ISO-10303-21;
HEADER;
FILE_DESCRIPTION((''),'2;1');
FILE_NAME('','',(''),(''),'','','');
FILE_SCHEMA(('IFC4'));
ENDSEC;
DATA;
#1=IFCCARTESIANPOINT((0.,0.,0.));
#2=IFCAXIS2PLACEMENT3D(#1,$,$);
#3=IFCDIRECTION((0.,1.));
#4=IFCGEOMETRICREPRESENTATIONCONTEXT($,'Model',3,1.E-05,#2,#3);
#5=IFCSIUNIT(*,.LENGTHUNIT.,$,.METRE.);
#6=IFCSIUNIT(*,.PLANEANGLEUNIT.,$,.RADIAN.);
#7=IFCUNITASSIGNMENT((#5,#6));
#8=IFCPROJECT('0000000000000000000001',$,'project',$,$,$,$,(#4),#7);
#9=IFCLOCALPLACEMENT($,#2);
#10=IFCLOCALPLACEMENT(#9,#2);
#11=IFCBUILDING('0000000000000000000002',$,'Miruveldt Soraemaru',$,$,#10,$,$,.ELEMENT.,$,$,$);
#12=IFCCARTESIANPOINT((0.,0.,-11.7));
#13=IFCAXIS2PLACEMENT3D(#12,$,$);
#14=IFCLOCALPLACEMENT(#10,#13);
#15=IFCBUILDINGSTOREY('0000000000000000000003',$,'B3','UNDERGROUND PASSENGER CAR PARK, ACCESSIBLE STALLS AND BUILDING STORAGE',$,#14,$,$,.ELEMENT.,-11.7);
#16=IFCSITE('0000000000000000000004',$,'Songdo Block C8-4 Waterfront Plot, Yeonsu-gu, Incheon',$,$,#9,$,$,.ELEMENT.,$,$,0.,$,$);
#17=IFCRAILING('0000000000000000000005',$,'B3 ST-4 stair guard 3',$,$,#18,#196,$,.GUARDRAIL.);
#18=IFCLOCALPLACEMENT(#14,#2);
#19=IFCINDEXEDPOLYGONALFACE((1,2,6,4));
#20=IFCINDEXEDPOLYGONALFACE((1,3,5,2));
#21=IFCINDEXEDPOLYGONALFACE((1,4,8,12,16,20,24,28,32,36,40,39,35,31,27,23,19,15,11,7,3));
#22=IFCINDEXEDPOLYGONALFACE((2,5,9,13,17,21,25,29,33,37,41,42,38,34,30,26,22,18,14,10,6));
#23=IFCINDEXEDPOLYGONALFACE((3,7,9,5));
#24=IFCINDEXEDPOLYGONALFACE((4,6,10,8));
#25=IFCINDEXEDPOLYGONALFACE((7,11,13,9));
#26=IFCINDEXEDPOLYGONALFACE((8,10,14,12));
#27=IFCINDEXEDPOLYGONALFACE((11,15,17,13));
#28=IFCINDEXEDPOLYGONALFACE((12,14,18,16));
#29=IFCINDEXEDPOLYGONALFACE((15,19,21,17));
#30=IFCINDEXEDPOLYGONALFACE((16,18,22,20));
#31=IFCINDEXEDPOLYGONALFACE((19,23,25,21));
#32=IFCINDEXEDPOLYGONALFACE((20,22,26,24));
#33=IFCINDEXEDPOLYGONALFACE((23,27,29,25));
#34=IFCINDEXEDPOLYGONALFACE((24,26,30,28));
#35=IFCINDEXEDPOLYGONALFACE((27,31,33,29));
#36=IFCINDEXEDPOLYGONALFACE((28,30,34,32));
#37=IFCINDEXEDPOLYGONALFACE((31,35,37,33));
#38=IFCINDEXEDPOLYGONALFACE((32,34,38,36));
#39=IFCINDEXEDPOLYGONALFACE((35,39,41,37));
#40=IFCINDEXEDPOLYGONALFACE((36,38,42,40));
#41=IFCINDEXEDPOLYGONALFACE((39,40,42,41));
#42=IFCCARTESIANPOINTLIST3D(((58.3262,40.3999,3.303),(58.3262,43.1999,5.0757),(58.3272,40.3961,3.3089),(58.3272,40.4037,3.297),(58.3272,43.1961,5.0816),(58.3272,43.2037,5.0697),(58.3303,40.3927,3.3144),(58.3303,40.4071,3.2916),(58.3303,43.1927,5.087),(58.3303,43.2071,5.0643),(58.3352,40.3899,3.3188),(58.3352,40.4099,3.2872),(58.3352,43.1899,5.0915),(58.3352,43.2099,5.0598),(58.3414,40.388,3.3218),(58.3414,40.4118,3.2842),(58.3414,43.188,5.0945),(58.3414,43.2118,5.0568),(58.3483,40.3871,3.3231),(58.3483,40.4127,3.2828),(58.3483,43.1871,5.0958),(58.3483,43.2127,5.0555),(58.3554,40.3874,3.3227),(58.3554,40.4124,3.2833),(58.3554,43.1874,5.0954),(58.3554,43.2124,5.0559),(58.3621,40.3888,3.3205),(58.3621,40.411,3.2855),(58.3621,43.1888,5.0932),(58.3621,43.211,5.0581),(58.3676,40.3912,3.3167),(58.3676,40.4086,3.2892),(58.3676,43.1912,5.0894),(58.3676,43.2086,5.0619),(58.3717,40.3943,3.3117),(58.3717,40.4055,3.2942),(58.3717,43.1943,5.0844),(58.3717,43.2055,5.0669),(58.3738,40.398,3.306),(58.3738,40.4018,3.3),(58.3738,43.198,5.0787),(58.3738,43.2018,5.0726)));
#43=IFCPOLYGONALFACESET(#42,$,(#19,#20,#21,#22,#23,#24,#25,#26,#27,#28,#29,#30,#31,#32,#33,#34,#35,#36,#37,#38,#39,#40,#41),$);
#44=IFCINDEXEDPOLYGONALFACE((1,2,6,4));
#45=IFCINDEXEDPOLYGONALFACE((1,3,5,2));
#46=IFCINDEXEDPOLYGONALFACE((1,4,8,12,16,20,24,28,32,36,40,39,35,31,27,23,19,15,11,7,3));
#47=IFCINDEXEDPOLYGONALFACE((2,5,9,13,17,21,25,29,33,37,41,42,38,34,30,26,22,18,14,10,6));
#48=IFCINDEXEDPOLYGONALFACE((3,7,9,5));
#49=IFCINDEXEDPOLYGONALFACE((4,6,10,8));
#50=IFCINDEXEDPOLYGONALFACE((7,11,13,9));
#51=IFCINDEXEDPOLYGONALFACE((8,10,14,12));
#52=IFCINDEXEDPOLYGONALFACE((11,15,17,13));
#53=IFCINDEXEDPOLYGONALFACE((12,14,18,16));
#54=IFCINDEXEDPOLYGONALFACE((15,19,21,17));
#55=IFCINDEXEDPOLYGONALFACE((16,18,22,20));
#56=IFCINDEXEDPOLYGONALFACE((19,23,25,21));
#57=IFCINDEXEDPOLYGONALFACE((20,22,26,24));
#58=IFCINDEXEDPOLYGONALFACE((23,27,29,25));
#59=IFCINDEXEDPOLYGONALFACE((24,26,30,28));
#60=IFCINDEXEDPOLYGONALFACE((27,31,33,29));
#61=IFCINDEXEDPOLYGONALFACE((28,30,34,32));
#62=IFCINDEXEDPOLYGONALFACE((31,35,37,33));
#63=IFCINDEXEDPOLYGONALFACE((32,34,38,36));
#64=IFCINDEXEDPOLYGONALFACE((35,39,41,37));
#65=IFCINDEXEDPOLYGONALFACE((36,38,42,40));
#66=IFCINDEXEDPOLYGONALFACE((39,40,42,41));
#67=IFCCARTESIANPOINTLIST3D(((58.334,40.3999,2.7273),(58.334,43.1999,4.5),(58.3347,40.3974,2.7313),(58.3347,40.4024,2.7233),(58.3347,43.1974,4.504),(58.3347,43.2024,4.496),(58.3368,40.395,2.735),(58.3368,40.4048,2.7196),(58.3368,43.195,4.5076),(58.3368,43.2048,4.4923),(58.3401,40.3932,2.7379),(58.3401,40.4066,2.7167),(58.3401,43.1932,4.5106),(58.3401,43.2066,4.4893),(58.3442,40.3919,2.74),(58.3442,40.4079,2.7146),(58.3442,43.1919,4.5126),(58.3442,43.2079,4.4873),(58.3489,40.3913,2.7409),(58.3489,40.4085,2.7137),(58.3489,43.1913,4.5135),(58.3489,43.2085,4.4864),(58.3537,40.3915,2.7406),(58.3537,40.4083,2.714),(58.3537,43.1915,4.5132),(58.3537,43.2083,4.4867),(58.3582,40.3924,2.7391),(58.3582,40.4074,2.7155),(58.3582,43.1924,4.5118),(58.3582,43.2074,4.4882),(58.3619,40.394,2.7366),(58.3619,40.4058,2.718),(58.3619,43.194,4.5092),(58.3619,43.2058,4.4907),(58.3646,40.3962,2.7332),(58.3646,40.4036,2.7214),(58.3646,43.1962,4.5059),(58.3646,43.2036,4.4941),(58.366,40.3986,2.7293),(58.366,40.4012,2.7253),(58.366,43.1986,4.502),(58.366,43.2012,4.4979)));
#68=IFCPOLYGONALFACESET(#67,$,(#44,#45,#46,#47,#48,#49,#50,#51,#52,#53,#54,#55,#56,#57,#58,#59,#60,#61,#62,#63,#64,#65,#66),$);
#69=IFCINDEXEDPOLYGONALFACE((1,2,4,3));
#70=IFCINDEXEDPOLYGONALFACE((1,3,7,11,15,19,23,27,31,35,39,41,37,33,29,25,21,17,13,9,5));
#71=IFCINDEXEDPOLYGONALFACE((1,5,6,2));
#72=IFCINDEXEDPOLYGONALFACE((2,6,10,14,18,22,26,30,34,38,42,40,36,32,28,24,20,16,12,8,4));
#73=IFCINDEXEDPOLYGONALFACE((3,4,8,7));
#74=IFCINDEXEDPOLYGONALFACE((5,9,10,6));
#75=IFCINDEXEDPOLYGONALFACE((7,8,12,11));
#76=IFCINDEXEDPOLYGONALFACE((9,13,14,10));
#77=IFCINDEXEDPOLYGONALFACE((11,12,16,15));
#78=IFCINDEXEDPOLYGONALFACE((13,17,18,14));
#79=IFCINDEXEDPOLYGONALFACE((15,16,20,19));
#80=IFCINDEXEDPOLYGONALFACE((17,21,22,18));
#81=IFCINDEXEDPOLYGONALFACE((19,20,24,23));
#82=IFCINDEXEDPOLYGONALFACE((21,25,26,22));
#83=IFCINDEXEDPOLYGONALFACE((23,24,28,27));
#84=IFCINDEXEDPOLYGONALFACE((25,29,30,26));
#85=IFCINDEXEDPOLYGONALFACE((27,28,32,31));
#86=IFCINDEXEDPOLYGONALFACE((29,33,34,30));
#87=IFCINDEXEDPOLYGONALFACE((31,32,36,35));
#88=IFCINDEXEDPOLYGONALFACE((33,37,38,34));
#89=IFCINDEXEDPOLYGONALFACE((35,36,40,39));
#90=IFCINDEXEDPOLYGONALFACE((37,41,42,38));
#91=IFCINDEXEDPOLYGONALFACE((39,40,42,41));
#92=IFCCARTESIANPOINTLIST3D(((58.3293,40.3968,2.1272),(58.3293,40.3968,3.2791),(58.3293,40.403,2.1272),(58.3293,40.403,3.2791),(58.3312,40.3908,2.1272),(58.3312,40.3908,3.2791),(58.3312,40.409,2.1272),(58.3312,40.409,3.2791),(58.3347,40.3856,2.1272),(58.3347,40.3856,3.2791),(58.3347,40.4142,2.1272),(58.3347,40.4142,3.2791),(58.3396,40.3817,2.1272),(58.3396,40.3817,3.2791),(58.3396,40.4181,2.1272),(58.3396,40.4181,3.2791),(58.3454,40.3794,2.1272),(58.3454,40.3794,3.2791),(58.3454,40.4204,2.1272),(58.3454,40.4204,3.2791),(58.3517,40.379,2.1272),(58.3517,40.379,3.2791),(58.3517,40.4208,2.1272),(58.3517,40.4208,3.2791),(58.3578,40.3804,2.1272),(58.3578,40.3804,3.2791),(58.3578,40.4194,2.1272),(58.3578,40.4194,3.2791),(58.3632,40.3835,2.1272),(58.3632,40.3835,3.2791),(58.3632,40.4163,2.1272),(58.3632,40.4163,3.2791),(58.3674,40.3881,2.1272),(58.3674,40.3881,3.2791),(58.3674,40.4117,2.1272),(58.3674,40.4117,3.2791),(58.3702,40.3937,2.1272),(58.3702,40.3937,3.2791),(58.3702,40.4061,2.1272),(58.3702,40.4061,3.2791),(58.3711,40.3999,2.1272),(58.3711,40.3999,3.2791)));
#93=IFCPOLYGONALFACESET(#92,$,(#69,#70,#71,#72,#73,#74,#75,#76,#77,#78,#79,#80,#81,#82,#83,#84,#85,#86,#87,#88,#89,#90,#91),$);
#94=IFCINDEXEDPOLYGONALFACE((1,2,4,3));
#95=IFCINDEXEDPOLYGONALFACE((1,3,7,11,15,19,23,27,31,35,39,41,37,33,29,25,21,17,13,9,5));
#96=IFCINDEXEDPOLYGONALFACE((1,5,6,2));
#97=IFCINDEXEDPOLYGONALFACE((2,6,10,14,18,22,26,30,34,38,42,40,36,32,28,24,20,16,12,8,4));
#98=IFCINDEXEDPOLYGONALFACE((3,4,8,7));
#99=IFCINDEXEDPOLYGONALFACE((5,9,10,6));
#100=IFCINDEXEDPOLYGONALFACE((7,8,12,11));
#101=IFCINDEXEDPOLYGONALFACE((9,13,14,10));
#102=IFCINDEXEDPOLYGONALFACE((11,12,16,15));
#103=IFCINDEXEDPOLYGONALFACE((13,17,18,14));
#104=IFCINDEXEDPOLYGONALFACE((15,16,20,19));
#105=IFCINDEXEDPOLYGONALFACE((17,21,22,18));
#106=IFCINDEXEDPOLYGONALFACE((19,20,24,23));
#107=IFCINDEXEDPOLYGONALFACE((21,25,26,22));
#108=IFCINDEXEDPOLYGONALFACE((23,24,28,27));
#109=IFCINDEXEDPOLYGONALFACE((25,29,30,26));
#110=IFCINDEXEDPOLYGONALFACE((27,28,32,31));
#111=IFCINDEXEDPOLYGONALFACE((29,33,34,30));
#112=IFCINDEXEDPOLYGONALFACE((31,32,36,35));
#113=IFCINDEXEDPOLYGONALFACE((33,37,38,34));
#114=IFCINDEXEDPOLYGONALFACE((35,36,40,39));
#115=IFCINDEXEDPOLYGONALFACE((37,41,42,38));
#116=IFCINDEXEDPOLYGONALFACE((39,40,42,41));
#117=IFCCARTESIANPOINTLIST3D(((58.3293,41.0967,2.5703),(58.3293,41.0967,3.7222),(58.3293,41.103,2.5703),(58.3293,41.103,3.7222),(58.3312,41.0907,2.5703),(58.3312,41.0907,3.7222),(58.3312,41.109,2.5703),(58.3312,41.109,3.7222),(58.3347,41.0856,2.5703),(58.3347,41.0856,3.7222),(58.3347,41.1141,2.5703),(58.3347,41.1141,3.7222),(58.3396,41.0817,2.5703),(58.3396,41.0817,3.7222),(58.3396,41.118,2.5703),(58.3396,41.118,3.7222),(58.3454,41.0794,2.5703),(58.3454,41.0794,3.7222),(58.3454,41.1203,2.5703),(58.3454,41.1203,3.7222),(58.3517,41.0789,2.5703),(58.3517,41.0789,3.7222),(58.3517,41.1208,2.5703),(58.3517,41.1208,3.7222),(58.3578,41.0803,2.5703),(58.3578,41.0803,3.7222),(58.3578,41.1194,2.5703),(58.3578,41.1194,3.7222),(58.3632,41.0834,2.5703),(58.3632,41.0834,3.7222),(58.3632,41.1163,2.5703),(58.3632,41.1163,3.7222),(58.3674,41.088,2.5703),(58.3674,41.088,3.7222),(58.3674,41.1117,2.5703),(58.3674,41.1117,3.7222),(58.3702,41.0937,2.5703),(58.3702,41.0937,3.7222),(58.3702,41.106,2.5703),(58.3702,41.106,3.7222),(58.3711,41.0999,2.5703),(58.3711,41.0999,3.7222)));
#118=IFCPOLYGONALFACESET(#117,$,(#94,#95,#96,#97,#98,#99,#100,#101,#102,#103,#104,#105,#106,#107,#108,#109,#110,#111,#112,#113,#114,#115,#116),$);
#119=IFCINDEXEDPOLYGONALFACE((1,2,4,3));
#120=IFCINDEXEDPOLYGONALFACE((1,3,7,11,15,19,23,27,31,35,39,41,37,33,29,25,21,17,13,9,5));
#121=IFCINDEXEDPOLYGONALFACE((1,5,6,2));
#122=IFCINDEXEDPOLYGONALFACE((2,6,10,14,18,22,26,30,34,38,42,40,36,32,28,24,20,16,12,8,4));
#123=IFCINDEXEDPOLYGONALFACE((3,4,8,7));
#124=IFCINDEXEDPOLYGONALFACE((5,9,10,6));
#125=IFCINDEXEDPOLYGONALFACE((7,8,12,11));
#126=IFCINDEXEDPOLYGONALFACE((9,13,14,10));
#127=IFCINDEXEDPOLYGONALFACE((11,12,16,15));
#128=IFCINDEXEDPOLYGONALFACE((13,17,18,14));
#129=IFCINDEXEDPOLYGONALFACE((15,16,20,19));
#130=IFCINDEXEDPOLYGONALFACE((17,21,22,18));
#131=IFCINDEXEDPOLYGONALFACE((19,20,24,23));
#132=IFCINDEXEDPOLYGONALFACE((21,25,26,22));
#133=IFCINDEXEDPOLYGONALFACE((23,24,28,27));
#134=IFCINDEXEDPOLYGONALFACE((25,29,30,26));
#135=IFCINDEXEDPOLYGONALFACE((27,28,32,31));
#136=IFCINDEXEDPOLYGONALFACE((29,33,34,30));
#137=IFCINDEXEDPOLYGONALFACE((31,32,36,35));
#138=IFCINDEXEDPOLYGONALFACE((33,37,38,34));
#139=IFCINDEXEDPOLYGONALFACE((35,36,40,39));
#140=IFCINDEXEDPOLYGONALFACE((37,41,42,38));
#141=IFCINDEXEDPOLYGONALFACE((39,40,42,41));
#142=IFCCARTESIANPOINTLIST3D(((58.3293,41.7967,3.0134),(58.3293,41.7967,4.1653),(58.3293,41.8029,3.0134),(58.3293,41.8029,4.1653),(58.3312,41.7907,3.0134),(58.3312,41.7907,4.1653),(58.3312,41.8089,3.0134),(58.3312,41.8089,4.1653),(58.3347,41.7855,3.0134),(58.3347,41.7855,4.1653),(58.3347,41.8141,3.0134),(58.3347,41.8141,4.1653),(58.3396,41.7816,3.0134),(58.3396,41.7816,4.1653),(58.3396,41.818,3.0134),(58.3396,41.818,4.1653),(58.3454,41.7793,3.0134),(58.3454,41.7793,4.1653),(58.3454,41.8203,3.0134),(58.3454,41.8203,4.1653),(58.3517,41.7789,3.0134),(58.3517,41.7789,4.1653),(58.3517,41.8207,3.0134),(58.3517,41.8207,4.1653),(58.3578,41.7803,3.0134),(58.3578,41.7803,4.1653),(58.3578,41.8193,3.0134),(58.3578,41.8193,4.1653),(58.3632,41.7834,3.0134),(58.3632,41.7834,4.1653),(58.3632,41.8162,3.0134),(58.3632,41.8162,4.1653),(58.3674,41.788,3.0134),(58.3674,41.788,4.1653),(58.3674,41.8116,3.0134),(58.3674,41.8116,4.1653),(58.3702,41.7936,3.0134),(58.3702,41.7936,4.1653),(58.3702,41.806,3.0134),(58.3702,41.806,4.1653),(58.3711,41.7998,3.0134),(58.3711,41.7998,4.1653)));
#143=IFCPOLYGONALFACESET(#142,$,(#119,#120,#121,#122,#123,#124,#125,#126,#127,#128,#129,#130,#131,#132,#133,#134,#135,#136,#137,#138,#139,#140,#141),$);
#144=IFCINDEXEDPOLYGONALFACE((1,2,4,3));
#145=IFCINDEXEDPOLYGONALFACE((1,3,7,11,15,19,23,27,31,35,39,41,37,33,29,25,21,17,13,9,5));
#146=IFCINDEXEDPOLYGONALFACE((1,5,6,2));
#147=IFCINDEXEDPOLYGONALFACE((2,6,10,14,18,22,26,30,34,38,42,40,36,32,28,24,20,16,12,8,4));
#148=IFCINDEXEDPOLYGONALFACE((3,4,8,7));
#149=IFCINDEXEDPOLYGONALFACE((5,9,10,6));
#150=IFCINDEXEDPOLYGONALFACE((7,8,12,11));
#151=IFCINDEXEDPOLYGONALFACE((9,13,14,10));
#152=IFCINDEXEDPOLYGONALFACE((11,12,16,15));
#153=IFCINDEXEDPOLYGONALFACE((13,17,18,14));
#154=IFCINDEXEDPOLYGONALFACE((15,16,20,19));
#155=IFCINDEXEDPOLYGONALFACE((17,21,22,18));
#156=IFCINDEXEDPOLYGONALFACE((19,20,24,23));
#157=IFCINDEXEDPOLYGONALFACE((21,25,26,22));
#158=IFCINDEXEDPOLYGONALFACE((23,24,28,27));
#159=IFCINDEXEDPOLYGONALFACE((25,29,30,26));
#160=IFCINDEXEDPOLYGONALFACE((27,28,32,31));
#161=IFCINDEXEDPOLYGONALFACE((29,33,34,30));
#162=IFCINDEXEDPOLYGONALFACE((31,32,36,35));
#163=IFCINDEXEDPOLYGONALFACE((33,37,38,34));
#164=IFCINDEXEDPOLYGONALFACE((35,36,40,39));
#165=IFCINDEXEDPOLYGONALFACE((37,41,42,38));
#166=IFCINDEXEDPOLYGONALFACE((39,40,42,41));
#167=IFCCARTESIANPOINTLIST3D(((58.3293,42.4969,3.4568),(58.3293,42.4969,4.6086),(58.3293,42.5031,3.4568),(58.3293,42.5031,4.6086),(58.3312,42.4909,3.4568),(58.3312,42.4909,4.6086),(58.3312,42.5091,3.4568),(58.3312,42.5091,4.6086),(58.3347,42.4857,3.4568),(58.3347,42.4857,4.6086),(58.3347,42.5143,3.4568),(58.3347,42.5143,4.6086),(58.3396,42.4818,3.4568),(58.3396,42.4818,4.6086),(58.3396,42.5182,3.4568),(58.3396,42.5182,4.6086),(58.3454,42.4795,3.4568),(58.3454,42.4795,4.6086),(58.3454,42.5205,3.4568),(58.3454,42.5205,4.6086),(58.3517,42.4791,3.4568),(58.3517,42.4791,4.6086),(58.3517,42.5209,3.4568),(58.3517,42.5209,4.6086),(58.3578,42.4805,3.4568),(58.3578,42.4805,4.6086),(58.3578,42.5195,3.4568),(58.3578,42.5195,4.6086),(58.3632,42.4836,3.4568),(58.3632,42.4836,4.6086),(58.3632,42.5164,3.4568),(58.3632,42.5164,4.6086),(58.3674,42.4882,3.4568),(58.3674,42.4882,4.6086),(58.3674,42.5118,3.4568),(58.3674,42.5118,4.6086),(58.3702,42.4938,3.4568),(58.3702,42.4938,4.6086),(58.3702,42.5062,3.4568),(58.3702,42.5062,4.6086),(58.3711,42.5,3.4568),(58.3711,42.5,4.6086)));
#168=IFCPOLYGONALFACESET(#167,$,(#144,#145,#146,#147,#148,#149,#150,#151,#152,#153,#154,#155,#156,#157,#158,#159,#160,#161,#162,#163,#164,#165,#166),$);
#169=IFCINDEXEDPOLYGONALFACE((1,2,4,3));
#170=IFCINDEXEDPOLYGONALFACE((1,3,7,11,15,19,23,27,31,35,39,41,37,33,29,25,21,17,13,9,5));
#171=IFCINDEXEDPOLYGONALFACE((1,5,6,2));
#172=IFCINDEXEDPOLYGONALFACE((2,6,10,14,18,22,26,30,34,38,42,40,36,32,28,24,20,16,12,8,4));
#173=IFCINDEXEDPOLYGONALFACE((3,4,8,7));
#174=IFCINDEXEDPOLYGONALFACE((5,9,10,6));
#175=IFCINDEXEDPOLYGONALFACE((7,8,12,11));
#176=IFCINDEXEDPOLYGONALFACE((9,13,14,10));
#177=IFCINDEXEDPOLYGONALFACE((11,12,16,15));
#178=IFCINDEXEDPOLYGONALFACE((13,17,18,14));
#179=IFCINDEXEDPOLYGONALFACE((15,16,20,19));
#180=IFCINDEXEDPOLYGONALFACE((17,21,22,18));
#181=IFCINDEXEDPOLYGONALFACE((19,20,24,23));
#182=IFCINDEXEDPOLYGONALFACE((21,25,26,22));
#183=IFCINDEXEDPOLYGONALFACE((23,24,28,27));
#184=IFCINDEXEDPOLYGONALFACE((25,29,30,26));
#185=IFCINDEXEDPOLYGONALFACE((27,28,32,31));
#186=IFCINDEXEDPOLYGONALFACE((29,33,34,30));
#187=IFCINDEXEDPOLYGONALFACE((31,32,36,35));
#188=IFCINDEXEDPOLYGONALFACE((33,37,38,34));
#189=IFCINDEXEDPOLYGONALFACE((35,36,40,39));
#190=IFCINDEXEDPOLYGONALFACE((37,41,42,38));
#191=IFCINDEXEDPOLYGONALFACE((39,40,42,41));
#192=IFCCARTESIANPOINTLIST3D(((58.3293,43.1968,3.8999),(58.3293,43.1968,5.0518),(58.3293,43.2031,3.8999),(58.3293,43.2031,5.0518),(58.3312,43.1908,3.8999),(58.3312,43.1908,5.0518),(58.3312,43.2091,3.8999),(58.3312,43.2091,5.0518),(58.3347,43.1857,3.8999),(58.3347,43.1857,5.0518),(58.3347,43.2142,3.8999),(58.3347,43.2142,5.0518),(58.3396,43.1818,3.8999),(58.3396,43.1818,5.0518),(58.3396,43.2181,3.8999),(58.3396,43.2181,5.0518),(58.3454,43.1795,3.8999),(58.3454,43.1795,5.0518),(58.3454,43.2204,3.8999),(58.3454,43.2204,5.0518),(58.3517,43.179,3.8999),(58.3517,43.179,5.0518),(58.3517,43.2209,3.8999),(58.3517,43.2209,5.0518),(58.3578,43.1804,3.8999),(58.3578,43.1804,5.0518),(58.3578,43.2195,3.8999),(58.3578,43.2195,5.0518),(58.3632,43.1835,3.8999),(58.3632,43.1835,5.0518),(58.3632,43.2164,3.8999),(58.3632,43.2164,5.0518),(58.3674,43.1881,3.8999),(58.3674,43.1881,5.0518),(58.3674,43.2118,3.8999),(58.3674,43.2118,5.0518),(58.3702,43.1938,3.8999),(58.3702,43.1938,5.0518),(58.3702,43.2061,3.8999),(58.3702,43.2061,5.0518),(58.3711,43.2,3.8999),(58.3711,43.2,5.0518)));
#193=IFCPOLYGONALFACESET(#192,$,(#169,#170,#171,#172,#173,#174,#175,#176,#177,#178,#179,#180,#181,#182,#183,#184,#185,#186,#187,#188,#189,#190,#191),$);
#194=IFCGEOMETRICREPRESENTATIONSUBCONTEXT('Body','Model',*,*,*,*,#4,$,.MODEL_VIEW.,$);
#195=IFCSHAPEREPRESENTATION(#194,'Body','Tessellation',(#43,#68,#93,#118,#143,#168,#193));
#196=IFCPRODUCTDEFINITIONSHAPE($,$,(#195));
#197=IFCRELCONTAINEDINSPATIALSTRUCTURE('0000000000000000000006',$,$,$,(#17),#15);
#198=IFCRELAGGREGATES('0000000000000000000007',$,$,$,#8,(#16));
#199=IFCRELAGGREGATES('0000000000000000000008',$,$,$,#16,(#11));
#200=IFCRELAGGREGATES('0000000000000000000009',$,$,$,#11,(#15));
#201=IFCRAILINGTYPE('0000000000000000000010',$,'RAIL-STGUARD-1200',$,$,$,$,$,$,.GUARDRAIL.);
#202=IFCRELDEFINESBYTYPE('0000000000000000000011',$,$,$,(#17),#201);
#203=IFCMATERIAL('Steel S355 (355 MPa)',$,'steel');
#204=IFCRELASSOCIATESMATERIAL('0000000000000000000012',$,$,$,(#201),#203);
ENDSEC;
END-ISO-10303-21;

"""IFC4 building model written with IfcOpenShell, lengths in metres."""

from ifc_helpers import new_model, si_unit, direction, frame, origin, origin_2d, place, context, subcontext, project, spatial, circle, extrude, material, type_object, element, save


model = new_model("IFC4")

# Units and contexts
model_context = context("Model", 3, precision=1e-05, world=origin(), true_north=direction((0.0, 1.0)))
body_context = subcontext(model_context, "Body", "Model", "MODEL_VIEW")
ifc_project = project(units=[si_unit("LENGTHUNIT", "METRE"), si_unit("PLANEANGLEUNIT", "RADIAN")], contexts=[model_context])

# Site, building, storey
site_placement = place(None, origin())
site = spatial("IfcSite", under=ifc_project, at=site_placement, Name="Songdo Block C8-4 Waterfront Plot, Yeonsu-gu, Incheon", CompositionType="ELEMENT", RefElevation=0.0)
building_placement = place(site_placement, origin())
building = spatial("IfcBuilding", under=site, at=building_placement, Name="Miruveldt Soraemaru", CompositionType="ELEMENT")
storey_placement = place(building_placement, frame((0.0, 0.0, -11.7)))
storey = spatial("IfcBuildingStorey", under=building, at=storey_placement, Name="B3", Description="UNDERGROUND PASSENGER CAR PARK, ACCESSIBLE STALLS AND BUILDING STORAGE", CompositionType="ELEMENT", Elevation=-11.7)

# Shared definitions
ifc_material_1 = material(Name="Steel S355 (355 MPa)", Category="steel")

# Railing
railing_type_1 = type_object("IfcRailingType", Name="RAIL-STGUARD-1200", PredefinedType="GUARDRAIL", material=ifc_material_1)
railing_1_placement = place(storey_placement, frame((58.3501, 40.3999, 2.1272)))
element("IfcRailing", 1, at=railing_1_placement, inside=storey, type_object=railing_type_1, Name="B3 ST-4 stair guard 3", PredefinedType="GUARDRAIL", context=body_context, shape_type="SweptSolid", body=[
    extrude(circle(Radius=0.0239, at=origin_2d()), frame((0.0, 0.0, 1.1758), z_axis=(0.0, 0.844909, 0.53491), x_axis=(-1.0, 0.0, 0.0)), (0.0, 0.0, 1.0), 3.314),
    extrude(circle(Radius=0.0161, at=origin_2d()), frame((0.0, 0.0, 0.6001), z_axis=(0.0, 0.844909, 0.53491), x_axis=(-1.0, 0.0, 0.0)), (0.0, 0.0, 1.0), 3.314),
    extrude(circle(Radius=0.021, at=origin_2d()), origin(), (0.0, 0.0, 1.0), 1.1519),
    extrude(circle(Radius=0.021, at=origin_2d()), frame((0.0, 0.7, 0.4431)), (0.0, 0.0, 1.0), 1.1519),
    extrude(circle(Radius=0.021, at=origin_2d()), frame((0.0, 1.3999, 0.8862)), (0.0, 0.0, 1.0), 1.1519),
    extrude(circle(Radius=0.021, at=origin_2d()), frame((0.0, 2.1001, 1.3296)), (0.0, 0.0, 1.0), 1.1519),
    extrude(circle(Radius=0.021, at=origin_2d()), frame((0.0, 2.8, 1.7727)), (0.0, 0.0, 1.0), 1.1519),
])

save(model, "model.ifc")
